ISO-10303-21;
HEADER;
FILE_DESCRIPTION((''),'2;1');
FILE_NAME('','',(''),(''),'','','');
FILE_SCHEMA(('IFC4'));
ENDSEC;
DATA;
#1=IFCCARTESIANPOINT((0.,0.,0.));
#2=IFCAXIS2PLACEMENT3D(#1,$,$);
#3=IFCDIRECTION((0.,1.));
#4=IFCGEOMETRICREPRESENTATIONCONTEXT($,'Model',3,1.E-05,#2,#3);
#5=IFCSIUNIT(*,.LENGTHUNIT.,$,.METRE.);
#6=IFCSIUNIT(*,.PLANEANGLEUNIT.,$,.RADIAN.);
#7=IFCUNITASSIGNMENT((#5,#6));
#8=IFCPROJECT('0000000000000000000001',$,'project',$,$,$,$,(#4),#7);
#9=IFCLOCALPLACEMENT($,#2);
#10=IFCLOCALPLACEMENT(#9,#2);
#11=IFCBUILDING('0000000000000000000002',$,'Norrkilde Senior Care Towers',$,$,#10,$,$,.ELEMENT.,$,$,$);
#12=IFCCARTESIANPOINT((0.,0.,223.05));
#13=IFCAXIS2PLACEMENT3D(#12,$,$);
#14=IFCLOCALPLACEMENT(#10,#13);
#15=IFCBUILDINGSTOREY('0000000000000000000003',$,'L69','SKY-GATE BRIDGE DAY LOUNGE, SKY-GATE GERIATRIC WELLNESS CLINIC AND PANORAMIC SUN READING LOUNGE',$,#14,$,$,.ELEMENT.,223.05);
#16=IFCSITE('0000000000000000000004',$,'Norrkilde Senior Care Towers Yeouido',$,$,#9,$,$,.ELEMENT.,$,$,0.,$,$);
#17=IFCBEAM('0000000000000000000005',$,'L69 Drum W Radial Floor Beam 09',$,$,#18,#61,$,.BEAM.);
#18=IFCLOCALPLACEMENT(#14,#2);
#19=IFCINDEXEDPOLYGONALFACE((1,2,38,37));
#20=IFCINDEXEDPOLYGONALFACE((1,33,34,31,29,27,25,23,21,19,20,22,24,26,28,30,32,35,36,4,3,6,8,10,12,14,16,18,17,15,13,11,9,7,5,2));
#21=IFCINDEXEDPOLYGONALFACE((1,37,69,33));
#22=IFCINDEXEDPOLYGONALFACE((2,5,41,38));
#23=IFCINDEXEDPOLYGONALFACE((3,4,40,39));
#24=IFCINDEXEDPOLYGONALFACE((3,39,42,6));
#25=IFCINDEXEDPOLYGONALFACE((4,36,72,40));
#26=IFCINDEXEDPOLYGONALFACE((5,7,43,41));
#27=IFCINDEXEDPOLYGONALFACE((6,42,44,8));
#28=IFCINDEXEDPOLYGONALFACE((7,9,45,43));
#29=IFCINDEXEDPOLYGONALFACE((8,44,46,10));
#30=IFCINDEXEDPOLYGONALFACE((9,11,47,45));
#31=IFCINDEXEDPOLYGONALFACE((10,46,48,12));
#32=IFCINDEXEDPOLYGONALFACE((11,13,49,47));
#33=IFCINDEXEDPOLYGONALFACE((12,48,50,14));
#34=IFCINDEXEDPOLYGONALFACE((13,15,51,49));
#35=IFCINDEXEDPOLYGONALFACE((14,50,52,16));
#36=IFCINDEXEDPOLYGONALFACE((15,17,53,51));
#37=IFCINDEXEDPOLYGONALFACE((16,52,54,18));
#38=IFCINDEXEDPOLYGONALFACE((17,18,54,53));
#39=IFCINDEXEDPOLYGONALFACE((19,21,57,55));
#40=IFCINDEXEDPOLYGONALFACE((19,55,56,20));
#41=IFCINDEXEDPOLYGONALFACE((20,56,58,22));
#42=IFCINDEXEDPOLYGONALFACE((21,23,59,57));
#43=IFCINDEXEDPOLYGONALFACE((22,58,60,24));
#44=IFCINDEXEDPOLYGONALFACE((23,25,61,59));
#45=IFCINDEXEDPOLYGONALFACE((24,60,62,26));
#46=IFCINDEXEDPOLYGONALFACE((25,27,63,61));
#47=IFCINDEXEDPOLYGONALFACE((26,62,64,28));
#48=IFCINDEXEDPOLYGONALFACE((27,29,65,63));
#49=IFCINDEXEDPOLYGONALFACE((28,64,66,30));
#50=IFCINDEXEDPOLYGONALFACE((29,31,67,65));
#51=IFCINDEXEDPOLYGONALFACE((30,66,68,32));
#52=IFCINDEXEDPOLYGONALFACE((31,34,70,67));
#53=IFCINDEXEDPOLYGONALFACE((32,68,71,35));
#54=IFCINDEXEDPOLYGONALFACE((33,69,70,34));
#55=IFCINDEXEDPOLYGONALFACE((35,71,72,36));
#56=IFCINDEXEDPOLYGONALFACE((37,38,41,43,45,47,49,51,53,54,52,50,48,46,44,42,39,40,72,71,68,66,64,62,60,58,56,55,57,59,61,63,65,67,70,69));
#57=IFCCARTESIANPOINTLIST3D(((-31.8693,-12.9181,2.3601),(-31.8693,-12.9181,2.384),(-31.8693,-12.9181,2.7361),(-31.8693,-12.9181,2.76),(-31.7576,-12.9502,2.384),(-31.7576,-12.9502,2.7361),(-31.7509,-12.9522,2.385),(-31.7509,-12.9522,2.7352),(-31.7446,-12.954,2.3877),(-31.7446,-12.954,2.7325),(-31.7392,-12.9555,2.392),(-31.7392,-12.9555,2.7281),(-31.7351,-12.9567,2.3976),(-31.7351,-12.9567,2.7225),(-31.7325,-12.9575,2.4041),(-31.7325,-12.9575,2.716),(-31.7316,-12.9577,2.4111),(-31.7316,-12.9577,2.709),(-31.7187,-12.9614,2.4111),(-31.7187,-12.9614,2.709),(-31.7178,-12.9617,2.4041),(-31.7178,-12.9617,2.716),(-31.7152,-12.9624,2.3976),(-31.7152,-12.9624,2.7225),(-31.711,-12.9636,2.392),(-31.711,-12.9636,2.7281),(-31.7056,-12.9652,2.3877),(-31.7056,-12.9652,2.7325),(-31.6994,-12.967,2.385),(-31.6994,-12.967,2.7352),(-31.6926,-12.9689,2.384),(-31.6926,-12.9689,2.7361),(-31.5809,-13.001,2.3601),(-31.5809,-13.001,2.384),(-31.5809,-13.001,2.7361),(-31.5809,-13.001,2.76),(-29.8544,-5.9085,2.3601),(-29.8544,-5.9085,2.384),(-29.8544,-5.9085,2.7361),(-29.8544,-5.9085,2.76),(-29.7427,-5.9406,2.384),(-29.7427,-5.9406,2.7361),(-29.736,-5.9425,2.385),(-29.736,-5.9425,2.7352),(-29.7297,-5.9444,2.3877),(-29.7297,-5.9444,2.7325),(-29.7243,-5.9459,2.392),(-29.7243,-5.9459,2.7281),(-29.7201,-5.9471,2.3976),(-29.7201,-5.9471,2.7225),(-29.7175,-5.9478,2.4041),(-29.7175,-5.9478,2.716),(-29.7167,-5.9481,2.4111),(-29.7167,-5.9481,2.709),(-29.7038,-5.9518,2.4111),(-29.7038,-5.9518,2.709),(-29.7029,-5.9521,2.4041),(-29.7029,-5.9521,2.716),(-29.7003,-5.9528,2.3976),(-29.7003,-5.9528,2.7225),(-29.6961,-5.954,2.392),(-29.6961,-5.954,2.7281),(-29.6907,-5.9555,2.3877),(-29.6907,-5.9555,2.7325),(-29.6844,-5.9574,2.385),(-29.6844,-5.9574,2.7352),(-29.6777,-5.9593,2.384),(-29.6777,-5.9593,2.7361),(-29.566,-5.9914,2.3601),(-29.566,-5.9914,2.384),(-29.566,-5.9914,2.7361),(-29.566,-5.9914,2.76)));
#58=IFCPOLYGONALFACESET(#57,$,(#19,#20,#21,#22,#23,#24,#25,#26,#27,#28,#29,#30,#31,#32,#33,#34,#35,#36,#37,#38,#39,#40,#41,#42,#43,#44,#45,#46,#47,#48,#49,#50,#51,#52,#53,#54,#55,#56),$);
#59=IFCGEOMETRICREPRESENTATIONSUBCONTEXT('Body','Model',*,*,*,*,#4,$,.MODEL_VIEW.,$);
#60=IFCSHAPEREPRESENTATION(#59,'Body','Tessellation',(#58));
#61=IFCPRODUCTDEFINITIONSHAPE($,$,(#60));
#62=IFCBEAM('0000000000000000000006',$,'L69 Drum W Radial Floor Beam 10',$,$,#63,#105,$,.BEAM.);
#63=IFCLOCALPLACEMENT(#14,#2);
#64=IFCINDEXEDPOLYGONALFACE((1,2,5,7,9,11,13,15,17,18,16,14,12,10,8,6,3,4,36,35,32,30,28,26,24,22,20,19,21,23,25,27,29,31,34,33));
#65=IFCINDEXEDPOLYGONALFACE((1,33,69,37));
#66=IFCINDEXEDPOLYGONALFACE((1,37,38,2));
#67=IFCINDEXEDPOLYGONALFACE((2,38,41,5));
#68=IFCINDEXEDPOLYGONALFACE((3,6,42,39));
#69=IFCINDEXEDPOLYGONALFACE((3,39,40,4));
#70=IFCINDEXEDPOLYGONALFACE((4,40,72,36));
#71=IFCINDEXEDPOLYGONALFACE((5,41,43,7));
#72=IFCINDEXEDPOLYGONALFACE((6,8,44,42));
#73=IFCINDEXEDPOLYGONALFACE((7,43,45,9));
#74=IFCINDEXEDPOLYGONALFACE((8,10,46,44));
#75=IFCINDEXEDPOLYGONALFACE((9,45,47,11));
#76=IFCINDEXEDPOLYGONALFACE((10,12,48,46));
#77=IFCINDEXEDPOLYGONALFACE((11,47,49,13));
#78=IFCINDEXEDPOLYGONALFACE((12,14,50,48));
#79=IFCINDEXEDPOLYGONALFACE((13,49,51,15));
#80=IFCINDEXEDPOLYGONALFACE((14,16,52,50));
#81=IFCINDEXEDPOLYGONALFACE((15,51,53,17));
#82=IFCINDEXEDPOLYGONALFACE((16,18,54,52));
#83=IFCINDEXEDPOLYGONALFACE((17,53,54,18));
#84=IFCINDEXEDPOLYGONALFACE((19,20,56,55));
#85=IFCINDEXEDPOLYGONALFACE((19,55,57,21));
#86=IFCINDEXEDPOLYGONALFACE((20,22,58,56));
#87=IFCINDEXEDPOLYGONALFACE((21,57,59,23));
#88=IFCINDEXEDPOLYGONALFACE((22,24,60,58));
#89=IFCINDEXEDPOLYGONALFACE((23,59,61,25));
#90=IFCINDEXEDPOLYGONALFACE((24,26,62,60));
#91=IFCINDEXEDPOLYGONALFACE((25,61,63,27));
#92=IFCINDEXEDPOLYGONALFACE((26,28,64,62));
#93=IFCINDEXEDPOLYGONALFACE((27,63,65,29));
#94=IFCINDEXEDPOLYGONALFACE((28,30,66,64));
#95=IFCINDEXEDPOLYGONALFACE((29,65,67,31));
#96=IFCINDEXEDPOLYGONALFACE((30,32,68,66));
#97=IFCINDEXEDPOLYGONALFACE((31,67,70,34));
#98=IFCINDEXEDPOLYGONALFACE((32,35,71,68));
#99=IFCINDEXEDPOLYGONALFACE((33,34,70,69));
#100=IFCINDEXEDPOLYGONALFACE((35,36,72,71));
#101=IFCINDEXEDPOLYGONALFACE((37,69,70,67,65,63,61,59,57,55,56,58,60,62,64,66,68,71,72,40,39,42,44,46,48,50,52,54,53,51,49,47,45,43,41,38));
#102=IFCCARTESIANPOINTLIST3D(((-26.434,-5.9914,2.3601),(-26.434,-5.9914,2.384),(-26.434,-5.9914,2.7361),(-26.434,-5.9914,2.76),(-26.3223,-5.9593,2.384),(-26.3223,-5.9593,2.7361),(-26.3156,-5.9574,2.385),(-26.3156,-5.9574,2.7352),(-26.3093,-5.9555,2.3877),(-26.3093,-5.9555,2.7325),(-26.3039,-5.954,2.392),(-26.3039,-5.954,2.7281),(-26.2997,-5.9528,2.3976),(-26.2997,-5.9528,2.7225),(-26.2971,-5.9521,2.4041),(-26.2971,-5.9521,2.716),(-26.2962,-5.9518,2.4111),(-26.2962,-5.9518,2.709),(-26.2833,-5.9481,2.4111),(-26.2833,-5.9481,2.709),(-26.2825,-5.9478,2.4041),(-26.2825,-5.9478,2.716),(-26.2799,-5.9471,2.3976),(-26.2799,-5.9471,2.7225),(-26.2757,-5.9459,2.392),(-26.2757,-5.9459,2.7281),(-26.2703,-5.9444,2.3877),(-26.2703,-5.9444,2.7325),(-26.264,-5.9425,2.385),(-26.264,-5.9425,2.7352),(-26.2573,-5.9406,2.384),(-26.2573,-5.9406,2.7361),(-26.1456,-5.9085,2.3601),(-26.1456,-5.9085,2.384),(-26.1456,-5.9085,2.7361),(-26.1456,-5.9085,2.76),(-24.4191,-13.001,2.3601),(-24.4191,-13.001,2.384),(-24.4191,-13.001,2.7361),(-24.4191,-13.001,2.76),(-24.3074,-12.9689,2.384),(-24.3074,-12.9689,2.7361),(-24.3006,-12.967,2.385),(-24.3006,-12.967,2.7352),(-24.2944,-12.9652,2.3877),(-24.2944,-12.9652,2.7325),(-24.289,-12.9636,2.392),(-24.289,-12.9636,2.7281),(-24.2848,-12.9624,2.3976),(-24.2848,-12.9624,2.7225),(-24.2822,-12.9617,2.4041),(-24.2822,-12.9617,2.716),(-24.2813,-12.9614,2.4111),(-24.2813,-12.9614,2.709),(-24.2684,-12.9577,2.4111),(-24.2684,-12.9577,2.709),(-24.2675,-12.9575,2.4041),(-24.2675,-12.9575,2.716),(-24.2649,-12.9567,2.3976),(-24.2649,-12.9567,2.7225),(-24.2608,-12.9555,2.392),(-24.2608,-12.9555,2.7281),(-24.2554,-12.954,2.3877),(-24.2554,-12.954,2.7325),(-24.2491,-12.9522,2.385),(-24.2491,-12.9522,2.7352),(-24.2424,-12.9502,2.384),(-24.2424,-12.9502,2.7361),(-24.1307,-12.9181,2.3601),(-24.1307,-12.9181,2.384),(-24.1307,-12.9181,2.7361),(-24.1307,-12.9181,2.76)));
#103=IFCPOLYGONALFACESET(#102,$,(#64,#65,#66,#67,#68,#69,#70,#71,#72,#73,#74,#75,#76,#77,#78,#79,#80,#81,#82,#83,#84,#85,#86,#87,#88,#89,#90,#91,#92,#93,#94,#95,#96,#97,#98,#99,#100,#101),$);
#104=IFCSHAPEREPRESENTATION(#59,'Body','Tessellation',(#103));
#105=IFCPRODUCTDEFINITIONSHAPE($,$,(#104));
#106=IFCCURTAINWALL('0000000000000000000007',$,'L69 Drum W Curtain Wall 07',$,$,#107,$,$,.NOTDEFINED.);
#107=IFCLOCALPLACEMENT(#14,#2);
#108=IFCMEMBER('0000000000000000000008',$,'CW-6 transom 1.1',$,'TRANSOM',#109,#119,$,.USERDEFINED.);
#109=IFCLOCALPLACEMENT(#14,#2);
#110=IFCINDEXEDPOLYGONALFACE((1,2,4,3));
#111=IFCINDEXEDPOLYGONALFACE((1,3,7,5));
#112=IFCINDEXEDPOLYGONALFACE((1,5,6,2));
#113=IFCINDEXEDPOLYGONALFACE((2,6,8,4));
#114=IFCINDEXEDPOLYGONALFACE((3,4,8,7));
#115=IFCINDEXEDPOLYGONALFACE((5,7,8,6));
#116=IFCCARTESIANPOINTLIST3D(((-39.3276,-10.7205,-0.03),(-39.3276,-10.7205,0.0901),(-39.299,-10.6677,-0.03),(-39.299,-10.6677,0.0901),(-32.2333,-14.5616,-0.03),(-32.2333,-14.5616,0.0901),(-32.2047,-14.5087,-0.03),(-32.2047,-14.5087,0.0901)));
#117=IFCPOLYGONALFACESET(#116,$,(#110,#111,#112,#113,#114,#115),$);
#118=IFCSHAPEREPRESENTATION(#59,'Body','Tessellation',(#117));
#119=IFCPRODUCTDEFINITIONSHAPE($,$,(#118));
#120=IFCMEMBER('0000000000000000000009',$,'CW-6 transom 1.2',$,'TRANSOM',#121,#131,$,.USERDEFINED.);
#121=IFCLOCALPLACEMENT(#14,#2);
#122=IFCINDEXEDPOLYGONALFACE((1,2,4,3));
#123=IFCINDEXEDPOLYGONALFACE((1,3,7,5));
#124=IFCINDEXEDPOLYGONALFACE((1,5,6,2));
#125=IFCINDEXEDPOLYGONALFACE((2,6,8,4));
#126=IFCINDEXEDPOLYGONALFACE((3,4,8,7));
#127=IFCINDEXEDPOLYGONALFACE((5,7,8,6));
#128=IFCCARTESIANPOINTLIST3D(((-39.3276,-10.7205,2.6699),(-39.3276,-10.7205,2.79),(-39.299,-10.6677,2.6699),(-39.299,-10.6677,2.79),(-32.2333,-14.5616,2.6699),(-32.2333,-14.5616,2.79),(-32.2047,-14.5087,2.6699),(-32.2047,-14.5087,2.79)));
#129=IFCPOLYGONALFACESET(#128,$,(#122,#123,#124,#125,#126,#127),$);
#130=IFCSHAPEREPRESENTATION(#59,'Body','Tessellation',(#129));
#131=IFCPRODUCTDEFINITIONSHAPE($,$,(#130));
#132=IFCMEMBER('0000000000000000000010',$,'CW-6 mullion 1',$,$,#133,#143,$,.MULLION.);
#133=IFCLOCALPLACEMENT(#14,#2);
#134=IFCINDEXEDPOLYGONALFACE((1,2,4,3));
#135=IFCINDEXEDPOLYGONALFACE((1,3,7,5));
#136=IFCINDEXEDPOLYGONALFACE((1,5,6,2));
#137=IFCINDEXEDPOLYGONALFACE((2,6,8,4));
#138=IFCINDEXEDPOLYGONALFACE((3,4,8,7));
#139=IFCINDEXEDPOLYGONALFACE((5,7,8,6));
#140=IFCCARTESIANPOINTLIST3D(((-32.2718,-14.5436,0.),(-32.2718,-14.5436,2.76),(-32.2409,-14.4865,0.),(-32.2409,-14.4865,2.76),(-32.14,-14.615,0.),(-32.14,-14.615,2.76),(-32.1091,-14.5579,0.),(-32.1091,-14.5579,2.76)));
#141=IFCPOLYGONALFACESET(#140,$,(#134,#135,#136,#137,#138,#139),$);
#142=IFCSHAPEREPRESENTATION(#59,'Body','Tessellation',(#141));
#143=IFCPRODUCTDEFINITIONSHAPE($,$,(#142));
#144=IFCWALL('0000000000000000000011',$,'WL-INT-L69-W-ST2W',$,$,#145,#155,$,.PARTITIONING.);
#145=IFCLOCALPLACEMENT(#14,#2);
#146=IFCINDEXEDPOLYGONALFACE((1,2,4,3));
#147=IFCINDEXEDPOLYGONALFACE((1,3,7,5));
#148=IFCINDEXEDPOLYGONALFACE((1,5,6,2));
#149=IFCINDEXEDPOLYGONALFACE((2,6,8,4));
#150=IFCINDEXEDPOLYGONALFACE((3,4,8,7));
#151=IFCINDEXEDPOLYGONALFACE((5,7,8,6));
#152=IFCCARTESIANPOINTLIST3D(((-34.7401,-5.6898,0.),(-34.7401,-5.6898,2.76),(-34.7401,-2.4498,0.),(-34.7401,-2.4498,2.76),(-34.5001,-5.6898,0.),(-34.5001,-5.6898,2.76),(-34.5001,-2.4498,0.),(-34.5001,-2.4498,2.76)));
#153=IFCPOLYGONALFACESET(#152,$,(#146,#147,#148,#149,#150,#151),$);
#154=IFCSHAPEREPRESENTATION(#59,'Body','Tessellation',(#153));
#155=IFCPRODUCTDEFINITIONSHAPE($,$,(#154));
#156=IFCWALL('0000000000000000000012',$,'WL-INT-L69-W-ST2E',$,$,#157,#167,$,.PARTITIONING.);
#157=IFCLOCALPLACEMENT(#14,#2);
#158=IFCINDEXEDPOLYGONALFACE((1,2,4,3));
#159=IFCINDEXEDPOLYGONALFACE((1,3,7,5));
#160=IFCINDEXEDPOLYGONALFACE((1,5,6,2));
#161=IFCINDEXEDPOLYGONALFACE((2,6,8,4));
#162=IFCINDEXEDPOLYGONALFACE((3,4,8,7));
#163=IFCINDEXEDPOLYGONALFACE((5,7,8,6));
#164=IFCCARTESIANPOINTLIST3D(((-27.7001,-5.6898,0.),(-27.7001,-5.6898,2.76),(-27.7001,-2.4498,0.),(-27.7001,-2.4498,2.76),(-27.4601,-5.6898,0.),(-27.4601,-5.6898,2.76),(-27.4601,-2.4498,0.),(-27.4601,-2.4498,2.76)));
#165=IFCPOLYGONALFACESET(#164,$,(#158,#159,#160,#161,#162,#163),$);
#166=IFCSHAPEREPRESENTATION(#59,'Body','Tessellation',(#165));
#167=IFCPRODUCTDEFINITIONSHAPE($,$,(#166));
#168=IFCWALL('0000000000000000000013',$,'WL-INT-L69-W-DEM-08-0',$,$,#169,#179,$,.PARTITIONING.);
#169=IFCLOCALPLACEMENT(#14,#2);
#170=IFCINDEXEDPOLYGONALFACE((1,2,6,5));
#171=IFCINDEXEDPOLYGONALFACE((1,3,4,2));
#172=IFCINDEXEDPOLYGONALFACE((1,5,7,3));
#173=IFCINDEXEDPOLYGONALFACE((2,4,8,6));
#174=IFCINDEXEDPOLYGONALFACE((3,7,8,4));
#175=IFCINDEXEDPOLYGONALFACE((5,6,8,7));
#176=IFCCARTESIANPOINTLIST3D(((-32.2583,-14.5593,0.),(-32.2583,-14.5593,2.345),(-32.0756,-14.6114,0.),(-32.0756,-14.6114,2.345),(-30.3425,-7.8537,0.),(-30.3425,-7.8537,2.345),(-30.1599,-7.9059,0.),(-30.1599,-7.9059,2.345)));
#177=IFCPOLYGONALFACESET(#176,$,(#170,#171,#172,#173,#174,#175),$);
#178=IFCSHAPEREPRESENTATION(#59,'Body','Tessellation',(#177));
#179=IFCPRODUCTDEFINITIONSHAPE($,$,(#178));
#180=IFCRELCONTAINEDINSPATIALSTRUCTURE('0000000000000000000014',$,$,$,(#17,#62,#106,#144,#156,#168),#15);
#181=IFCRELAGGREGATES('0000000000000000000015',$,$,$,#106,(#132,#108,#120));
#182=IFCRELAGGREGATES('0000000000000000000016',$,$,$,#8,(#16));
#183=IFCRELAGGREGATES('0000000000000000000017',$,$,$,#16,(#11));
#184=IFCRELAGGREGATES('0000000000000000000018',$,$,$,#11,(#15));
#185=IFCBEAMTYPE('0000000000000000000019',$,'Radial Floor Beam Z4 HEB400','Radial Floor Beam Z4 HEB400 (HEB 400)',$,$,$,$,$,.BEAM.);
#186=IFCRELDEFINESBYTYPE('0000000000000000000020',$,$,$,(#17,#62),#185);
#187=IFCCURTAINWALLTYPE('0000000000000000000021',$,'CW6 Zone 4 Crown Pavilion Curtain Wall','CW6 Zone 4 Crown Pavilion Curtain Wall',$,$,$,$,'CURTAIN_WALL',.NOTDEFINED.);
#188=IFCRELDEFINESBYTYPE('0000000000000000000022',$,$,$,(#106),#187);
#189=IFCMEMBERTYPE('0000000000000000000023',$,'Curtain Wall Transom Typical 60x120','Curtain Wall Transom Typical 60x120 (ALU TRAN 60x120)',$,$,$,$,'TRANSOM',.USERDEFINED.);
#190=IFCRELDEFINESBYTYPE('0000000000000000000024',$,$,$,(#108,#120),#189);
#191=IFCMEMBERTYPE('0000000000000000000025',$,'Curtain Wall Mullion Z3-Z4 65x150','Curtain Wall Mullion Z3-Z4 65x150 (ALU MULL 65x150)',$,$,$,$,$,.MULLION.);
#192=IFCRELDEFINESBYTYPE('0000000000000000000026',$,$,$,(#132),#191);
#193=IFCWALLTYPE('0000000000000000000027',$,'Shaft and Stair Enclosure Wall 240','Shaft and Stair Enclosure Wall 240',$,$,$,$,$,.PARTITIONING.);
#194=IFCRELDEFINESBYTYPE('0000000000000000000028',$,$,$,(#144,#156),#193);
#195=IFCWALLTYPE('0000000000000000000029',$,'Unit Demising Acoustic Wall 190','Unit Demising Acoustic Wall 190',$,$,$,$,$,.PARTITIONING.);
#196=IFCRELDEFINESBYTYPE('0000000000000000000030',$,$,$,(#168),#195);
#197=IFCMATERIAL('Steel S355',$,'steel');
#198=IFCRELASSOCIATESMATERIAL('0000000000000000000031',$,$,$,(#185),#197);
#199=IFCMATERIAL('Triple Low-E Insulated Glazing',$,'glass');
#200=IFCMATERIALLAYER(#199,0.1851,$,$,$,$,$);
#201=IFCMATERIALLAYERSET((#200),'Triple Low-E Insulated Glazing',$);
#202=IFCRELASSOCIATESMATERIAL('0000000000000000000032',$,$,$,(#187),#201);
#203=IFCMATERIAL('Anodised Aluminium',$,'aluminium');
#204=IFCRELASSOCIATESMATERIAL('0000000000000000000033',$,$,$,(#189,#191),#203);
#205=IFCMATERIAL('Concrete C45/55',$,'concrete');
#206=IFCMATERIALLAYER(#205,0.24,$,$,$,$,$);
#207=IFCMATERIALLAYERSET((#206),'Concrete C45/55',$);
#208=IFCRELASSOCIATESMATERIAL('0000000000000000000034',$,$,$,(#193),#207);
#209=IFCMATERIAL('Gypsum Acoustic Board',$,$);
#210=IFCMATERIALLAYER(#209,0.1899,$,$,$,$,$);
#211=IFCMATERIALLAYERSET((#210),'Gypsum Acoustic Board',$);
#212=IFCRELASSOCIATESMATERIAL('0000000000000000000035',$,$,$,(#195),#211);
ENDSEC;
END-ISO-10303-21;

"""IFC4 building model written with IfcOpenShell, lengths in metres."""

from ifc_helpers import new_model, si_unit, direction, frame, frame_2d, origin, origin_2d, place, context, subcontext, project, spatial, rectangle, i_section, extrude, source, transform, mapped, material, layer, layer_set, material_profile, profile_set, type_object, type_shapes, element, aggregate, save


model = new_model("IFC4")

# Units and contexts
model_context = context("Model", 3, precision=1e-05, world=origin(), true_north=direction((0.0, 1.0)))
body_context = subcontext(model_context, "Body", "Model", "MODEL_VIEW")
ifc_project = project(units=[si_unit("LENGTHUNIT", "METRE"), si_unit("PLANEANGLEUNIT", "RADIAN")], contexts=[model_context])

# Site, building, storey
site_placement = place(None, origin())
site = spatial("IfcSite", under=ifc_project, at=site_placement, Name="Norrkilde Senior Care Towers Yeouido", CompositionType="ELEMENT", RefElevation=0.0)
building_placement = place(site_placement, origin())
building = spatial("IfcBuilding", under=site, at=building_placement, Name="Norrkilde Senior Care Towers", CompositionType="ELEMENT")
storey_placement = place(building_placement, frame((0.0, 0.0, 223.05)))
storey = spatial("IfcBuildingStorey", under=building, at=storey_placement, Name="L69", Description="SKY-GATE BRIDGE DAY LOUNGE, SKY-GATE GERIATRIC WELLNESS CLINIC AND PANORAMIC SUN READING LOUNGE", CompositionType="ELEMENT", Elevation=223.05)

# Beams
ifc_material_1 = material(Name="Steel S355", Category="steel")
ifc_material_profile_1 = material_profile(ifc_material_1, i_section(OverallWidth=0.3, OverallDepth=0.3999, WebThickness=0.0134, FlangeThickness=0.0239, FilletRadius=0.0271, at=origin_2d()), Name="HEB 400")
ifc_profile_set_1 = profile_set([ifc_material_profile_1], Name="Steel S355")
beam_type_1 = type_object("IfcBeamType", Name="Radial Floor Beam Z4 HEB400", Description="Radial Floor Beam Z4 HEB400 (HEB 400)", PredefinedType="BEAM", material=ifc_profile_set_1)
shared_shape_1 = source(origin(), body_context, "Body", "SweptSolid", [
    extrude(i_section(OverallWidth=0.3, OverallDepth=0.3999, WebThickness=0.0134, FlangeThickness=0.0239, FilletRadius=0.0271, at=origin_2d()), origin(), (0.0, 0.0, 1.0), 7.2935),
])
for number, where, z_axis, x_axis, name in (
    (1, (-29.7102, -5.95, 2.5601), (-0.276264, -0.961082, 0.0), (0.961082, -0.276264, 0.0), "L69 Drum W Radial Floor Beam 09"),
    (2, (-26.2898, -5.95, 2.5601), (0.276264, -0.961082, 0.0), (0.961082, 0.276264, 0.0), "L69 Drum W Radial Floor Beam 10"),
):
    element("IfcBeam", number, at=place(storey_placement, frame(where, z_axis=z_axis, x_axis=x_axis)), inside=storey, type_object=beam_type_1, Name=name, PredefinedType="BEAM", context=body_context, shape_type="MappedRepresentation", body=[
        mapped(shared_shape_1, transform((0.0, 0.0, 0.0), x_axis=(1.0, 0.0, 0.0), y_axis=(0.0, 1.0, 0.0), z_axis=(0.0, 0.0, 1.0), scale=1.0)),
    ])

# Curtain wall, members
ifc_material_2 = material(Name="Triple Low-E Insulated Glazing", Category="glass")
ifc_layer_1 = layer(ifc_material_2, 0.1851)
ifc_layer_set_1 = layer_set([ifc_layer_1], Name="Triple Low-E Insulated Glazing")
curtain_wall_type = type_object("IfcCurtainWallType", Name="CW6 Zone 4 Crown Pavilion Curtain Wall", Description="CW6 Zone 4 Crown Pavilion Curtain Wall", ElementType="CURTAIN_WALL", PredefinedType="NOTDEFINED", material=ifc_layer_set_1)
curtain_wall_placement = place(storey_placement, origin())
curtain_wall = element("IfcCurtainWall", 3, at=curtain_wall_placement, inside=storey, type_object=curtain_wall_type, Name="L69 Drum W Curtain Wall 07", PredefinedType="NOTDEFINED")
ifc_material_3 = material(Name="Anodised Aluminium", Category="aluminium")
ifc_material_profile_2 = material_profile(ifc_material_3, rectangle(XDim=0.0601, YDim=0.1201, at=origin_2d()), Name="ALU TRAN 60x120")
ifc_profile_set_2 = profile_set([ifc_material_profile_2], Name="Anodised Aluminium")
member_type_1 = type_object("IfcMemberType", Name="Curtain Wall Transom Typical 60x120", Description="Curtain Wall Transom Typical 60x120 (ALU TRAN 60x120)", ElementType="TRANSOM", PredefinedType="USERDEFINED", material=ifc_profile_set_2)
shared_shape_2 = source(origin(), body_context, "Body", "SweptSolid", [
    extrude(rectangle(XDim=0.0601, YDim=0.1201, at=origin_2d()), origin(), (0.0, 0.0, 1.0), 8.0674),
])
type_shapes(member_type_1, [shared_shape_2])
member_1_placement = place(storey_placement, frame((-32.219, -14.5352, 0.03), z_axis=(-0.879378, 0.476125, 0.0), x_axis=(-0.476125, -0.879378, 0.0)))
member_1 = element("IfcMember", 4, at=member_1_placement, type_object=member_type_1, Name="CW-6 transom 1.1", ObjectType="TRANSOM", PredefinedType="USERDEFINED", context=body_context, shape_type="MappedRepresentation", body=[
    mapped(shared_shape_2, transform((0.0, 0.0, 0.0), x_axis=(1.0, 0.0, 0.0), y_axis=(0.0, 1.0, 0.0), z_axis=(0.0, 0.0, 1.0), scale=1.0)),
])
member_2_placement = place(storey_placement, frame((-32.219, -14.5352, 2.73), z_axis=(-0.879378, 0.476125, 0.0), x_axis=(-0.476125, -0.879378, 0.0)))
member_2 = element("IfcMember", 5, at=member_2_placement, type_object=member_type_1, Name="CW-6 transom 1.2", ObjectType="TRANSOM", PredefinedType="USERDEFINED", context=body_context, shape_type="MappedRepresentation", body=[
    mapped(shared_shape_2, transform((0.0, 0.0, 0.0), x_axis=(1.0, 0.0, 0.0), y_axis=(0.0, 1.0, 0.0), z_axis=(0.0, 0.0, 1.0), scale=1.0)),
])
ifc_material_profile_3 = material_profile(ifc_material_3, rectangle(XDim=0.0649, YDim=0.1499, at=origin_2d()), Name="ALU MULL 65x150")
ifc_profile_set_3 = profile_set([ifc_material_profile_3], Name="Anodised Aluminium")
member_type_2 = type_object("IfcMemberType", Name="Curtain Wall Mullion Z3-Z4 65x150", Description="Curtain Wall Mullion Z3-Z4 65x150 (ALU MULL 65x150)", PredefinedType="MULLION", material=ifc_profile_set_3)
shared_shape_3 = source(origin(), body_context, "Body", "SweptSolid", [
    extrude(rectangle(XDim=0.0649, YDim=0.1499, at=origin_2d()), origin(), (0.0, 0.0, 1.0), 2.76),
])
type_shapes(member_type_2, [shared_shape_3])
member_3_placement = place(storey_placement, frame((-32.1904, -14.5508, 0.0), z_axis=(0.0, 0.0, 1.0), x_axis=(-0.476133, -0.879373, 0.0)))
member_3 = element("IfcMember", 6, at=member_3_placement, type_object=member_type_2, Name="CW-6 mullion 1", PredefinedType="MULLION", context=body_context, shape_type="MappedRepresentation", body=[
    mapped(shared_shape_3, transform((0.0, 0.0, 0.0), x_axis=(1.0, 0.0, 0.0), y_axis=(0.0, 1.0, 0.0), z_axis=(0.0, 0.0, 1.0), scale=1.0)),
])
aggregate(curtain_wall, [member_3, member_1, member_2])

# Walls
ifc_material_4 = material(Name="Concrete C45/55", Category="concrete")
ifc_layer_2 = layer(ifc_material_4, 0.24)
ifc_layer_set_2 = layer_set([ifc_layer_2], Name="Concrete C45/55")
wall_type_1 = type_object("IfcWallType", Name="Shaft and Stair Enclosure Wall 240", Description="Shaft and Stair Enclosure Wall 240", PredefinedType="PARTITIONING", material=ifc_layer_set_2)
shared_shape_4 = source(origin(), body_context, "Body", "SweptSolid", [
    extrude(rectangle(XDim=3.24, YDim=0.24, at=frame_2d((1.6201, 0.0))), origin(), (0.0, 0.0, 1.0), 2.76),
])
type_shapes(wall_type_1, [shared_shape_4])
for number, where, z_axis, x_axis, name in (
    (7, (-34.6201, -5.6899, 0.0), (0.0, 0.0, 1.0), (0.0, 1.0, 0.0), "WL-INT-L69-W-ST2W"),
    (8, (-27.5801, -5.6899, 0.0), (0.0, 0.0, 1.0), (0.0, 1.0, 0.0), "WL-INT-L69-W-ST2E"),
):
    element("IfcWall", number, at=place(storey_placement, frame(where, z_axis=z_axis, x_axis=x_axis)), inside=storey, type_object=wall_type_1, Name=name, PredefinedType="PARTITIONING", context=body_context, shape_type="MappedRepresentation", body=[
        mapped(shared_shape_4, transform((0.0, 0.0, 0.0), x_axis=(1.0, 0.0, 0.0), y_axis=(0.0, 1.0, 0.0), z_axis=(0.0, 0.0, 1.0), scale=1.0)),
    ])
ifc_material_5 = material(Name="Gypsum Acoustic Board")
ifc_layer_3 = layer(ifc_material_5, 0.1899)
ifc_layer_set_3 = layer_set([ifc_layer_3], Name="Gypsum Acoustic Board")
wall_type_2 = type_object("IfcWallType", Name="Unit Demising Acoustic Wall 190", Description="Unit Demising Acoustic Wall 190", PredefinedType="PARTITIONING", material=ifc_layer_set_3)
shared_shape_5 = source(origin(), body_context, "Body", "SweptSolid", [
    extrude(rectangle(XDim=6.9739, YDim=0.1899, at=frame_2d((3.4868, 0.0))), origin(), (0.0, 0.0, 1.0), 2.345),
])
type_shapes(wall_type_2, [shared_shape_5])
for number, where, z_axis, x_axis, name in (
    (9, (-30.2512, -7.8799, 0.0), (0.0, 0.0, 1.0), (-0.274707, -0.961528, 0.0), "WL-INT-L69-W-DEM-08-0"),
):
    element("IfcWall", number, at=place(storey_placement, frame(where, z_axis=z_axis, x_axis=x_axis)), inside=storey, type_object=wall_type_2, Name=name, PredefinedType="PARTITIONING", context=body_context, shape_type="MappedRepresentation", body=[
        mapped(shared_shape_5, transform((0.0, 0.0, 0.0), x_axis=(1.0, 0.0, 0.0), y_axis=(0.0, 1.0, 0.0), z_axis=(0.0, 0.0, 1.0), scale=1.0)),
    ])

save(model, "model.ifc")
